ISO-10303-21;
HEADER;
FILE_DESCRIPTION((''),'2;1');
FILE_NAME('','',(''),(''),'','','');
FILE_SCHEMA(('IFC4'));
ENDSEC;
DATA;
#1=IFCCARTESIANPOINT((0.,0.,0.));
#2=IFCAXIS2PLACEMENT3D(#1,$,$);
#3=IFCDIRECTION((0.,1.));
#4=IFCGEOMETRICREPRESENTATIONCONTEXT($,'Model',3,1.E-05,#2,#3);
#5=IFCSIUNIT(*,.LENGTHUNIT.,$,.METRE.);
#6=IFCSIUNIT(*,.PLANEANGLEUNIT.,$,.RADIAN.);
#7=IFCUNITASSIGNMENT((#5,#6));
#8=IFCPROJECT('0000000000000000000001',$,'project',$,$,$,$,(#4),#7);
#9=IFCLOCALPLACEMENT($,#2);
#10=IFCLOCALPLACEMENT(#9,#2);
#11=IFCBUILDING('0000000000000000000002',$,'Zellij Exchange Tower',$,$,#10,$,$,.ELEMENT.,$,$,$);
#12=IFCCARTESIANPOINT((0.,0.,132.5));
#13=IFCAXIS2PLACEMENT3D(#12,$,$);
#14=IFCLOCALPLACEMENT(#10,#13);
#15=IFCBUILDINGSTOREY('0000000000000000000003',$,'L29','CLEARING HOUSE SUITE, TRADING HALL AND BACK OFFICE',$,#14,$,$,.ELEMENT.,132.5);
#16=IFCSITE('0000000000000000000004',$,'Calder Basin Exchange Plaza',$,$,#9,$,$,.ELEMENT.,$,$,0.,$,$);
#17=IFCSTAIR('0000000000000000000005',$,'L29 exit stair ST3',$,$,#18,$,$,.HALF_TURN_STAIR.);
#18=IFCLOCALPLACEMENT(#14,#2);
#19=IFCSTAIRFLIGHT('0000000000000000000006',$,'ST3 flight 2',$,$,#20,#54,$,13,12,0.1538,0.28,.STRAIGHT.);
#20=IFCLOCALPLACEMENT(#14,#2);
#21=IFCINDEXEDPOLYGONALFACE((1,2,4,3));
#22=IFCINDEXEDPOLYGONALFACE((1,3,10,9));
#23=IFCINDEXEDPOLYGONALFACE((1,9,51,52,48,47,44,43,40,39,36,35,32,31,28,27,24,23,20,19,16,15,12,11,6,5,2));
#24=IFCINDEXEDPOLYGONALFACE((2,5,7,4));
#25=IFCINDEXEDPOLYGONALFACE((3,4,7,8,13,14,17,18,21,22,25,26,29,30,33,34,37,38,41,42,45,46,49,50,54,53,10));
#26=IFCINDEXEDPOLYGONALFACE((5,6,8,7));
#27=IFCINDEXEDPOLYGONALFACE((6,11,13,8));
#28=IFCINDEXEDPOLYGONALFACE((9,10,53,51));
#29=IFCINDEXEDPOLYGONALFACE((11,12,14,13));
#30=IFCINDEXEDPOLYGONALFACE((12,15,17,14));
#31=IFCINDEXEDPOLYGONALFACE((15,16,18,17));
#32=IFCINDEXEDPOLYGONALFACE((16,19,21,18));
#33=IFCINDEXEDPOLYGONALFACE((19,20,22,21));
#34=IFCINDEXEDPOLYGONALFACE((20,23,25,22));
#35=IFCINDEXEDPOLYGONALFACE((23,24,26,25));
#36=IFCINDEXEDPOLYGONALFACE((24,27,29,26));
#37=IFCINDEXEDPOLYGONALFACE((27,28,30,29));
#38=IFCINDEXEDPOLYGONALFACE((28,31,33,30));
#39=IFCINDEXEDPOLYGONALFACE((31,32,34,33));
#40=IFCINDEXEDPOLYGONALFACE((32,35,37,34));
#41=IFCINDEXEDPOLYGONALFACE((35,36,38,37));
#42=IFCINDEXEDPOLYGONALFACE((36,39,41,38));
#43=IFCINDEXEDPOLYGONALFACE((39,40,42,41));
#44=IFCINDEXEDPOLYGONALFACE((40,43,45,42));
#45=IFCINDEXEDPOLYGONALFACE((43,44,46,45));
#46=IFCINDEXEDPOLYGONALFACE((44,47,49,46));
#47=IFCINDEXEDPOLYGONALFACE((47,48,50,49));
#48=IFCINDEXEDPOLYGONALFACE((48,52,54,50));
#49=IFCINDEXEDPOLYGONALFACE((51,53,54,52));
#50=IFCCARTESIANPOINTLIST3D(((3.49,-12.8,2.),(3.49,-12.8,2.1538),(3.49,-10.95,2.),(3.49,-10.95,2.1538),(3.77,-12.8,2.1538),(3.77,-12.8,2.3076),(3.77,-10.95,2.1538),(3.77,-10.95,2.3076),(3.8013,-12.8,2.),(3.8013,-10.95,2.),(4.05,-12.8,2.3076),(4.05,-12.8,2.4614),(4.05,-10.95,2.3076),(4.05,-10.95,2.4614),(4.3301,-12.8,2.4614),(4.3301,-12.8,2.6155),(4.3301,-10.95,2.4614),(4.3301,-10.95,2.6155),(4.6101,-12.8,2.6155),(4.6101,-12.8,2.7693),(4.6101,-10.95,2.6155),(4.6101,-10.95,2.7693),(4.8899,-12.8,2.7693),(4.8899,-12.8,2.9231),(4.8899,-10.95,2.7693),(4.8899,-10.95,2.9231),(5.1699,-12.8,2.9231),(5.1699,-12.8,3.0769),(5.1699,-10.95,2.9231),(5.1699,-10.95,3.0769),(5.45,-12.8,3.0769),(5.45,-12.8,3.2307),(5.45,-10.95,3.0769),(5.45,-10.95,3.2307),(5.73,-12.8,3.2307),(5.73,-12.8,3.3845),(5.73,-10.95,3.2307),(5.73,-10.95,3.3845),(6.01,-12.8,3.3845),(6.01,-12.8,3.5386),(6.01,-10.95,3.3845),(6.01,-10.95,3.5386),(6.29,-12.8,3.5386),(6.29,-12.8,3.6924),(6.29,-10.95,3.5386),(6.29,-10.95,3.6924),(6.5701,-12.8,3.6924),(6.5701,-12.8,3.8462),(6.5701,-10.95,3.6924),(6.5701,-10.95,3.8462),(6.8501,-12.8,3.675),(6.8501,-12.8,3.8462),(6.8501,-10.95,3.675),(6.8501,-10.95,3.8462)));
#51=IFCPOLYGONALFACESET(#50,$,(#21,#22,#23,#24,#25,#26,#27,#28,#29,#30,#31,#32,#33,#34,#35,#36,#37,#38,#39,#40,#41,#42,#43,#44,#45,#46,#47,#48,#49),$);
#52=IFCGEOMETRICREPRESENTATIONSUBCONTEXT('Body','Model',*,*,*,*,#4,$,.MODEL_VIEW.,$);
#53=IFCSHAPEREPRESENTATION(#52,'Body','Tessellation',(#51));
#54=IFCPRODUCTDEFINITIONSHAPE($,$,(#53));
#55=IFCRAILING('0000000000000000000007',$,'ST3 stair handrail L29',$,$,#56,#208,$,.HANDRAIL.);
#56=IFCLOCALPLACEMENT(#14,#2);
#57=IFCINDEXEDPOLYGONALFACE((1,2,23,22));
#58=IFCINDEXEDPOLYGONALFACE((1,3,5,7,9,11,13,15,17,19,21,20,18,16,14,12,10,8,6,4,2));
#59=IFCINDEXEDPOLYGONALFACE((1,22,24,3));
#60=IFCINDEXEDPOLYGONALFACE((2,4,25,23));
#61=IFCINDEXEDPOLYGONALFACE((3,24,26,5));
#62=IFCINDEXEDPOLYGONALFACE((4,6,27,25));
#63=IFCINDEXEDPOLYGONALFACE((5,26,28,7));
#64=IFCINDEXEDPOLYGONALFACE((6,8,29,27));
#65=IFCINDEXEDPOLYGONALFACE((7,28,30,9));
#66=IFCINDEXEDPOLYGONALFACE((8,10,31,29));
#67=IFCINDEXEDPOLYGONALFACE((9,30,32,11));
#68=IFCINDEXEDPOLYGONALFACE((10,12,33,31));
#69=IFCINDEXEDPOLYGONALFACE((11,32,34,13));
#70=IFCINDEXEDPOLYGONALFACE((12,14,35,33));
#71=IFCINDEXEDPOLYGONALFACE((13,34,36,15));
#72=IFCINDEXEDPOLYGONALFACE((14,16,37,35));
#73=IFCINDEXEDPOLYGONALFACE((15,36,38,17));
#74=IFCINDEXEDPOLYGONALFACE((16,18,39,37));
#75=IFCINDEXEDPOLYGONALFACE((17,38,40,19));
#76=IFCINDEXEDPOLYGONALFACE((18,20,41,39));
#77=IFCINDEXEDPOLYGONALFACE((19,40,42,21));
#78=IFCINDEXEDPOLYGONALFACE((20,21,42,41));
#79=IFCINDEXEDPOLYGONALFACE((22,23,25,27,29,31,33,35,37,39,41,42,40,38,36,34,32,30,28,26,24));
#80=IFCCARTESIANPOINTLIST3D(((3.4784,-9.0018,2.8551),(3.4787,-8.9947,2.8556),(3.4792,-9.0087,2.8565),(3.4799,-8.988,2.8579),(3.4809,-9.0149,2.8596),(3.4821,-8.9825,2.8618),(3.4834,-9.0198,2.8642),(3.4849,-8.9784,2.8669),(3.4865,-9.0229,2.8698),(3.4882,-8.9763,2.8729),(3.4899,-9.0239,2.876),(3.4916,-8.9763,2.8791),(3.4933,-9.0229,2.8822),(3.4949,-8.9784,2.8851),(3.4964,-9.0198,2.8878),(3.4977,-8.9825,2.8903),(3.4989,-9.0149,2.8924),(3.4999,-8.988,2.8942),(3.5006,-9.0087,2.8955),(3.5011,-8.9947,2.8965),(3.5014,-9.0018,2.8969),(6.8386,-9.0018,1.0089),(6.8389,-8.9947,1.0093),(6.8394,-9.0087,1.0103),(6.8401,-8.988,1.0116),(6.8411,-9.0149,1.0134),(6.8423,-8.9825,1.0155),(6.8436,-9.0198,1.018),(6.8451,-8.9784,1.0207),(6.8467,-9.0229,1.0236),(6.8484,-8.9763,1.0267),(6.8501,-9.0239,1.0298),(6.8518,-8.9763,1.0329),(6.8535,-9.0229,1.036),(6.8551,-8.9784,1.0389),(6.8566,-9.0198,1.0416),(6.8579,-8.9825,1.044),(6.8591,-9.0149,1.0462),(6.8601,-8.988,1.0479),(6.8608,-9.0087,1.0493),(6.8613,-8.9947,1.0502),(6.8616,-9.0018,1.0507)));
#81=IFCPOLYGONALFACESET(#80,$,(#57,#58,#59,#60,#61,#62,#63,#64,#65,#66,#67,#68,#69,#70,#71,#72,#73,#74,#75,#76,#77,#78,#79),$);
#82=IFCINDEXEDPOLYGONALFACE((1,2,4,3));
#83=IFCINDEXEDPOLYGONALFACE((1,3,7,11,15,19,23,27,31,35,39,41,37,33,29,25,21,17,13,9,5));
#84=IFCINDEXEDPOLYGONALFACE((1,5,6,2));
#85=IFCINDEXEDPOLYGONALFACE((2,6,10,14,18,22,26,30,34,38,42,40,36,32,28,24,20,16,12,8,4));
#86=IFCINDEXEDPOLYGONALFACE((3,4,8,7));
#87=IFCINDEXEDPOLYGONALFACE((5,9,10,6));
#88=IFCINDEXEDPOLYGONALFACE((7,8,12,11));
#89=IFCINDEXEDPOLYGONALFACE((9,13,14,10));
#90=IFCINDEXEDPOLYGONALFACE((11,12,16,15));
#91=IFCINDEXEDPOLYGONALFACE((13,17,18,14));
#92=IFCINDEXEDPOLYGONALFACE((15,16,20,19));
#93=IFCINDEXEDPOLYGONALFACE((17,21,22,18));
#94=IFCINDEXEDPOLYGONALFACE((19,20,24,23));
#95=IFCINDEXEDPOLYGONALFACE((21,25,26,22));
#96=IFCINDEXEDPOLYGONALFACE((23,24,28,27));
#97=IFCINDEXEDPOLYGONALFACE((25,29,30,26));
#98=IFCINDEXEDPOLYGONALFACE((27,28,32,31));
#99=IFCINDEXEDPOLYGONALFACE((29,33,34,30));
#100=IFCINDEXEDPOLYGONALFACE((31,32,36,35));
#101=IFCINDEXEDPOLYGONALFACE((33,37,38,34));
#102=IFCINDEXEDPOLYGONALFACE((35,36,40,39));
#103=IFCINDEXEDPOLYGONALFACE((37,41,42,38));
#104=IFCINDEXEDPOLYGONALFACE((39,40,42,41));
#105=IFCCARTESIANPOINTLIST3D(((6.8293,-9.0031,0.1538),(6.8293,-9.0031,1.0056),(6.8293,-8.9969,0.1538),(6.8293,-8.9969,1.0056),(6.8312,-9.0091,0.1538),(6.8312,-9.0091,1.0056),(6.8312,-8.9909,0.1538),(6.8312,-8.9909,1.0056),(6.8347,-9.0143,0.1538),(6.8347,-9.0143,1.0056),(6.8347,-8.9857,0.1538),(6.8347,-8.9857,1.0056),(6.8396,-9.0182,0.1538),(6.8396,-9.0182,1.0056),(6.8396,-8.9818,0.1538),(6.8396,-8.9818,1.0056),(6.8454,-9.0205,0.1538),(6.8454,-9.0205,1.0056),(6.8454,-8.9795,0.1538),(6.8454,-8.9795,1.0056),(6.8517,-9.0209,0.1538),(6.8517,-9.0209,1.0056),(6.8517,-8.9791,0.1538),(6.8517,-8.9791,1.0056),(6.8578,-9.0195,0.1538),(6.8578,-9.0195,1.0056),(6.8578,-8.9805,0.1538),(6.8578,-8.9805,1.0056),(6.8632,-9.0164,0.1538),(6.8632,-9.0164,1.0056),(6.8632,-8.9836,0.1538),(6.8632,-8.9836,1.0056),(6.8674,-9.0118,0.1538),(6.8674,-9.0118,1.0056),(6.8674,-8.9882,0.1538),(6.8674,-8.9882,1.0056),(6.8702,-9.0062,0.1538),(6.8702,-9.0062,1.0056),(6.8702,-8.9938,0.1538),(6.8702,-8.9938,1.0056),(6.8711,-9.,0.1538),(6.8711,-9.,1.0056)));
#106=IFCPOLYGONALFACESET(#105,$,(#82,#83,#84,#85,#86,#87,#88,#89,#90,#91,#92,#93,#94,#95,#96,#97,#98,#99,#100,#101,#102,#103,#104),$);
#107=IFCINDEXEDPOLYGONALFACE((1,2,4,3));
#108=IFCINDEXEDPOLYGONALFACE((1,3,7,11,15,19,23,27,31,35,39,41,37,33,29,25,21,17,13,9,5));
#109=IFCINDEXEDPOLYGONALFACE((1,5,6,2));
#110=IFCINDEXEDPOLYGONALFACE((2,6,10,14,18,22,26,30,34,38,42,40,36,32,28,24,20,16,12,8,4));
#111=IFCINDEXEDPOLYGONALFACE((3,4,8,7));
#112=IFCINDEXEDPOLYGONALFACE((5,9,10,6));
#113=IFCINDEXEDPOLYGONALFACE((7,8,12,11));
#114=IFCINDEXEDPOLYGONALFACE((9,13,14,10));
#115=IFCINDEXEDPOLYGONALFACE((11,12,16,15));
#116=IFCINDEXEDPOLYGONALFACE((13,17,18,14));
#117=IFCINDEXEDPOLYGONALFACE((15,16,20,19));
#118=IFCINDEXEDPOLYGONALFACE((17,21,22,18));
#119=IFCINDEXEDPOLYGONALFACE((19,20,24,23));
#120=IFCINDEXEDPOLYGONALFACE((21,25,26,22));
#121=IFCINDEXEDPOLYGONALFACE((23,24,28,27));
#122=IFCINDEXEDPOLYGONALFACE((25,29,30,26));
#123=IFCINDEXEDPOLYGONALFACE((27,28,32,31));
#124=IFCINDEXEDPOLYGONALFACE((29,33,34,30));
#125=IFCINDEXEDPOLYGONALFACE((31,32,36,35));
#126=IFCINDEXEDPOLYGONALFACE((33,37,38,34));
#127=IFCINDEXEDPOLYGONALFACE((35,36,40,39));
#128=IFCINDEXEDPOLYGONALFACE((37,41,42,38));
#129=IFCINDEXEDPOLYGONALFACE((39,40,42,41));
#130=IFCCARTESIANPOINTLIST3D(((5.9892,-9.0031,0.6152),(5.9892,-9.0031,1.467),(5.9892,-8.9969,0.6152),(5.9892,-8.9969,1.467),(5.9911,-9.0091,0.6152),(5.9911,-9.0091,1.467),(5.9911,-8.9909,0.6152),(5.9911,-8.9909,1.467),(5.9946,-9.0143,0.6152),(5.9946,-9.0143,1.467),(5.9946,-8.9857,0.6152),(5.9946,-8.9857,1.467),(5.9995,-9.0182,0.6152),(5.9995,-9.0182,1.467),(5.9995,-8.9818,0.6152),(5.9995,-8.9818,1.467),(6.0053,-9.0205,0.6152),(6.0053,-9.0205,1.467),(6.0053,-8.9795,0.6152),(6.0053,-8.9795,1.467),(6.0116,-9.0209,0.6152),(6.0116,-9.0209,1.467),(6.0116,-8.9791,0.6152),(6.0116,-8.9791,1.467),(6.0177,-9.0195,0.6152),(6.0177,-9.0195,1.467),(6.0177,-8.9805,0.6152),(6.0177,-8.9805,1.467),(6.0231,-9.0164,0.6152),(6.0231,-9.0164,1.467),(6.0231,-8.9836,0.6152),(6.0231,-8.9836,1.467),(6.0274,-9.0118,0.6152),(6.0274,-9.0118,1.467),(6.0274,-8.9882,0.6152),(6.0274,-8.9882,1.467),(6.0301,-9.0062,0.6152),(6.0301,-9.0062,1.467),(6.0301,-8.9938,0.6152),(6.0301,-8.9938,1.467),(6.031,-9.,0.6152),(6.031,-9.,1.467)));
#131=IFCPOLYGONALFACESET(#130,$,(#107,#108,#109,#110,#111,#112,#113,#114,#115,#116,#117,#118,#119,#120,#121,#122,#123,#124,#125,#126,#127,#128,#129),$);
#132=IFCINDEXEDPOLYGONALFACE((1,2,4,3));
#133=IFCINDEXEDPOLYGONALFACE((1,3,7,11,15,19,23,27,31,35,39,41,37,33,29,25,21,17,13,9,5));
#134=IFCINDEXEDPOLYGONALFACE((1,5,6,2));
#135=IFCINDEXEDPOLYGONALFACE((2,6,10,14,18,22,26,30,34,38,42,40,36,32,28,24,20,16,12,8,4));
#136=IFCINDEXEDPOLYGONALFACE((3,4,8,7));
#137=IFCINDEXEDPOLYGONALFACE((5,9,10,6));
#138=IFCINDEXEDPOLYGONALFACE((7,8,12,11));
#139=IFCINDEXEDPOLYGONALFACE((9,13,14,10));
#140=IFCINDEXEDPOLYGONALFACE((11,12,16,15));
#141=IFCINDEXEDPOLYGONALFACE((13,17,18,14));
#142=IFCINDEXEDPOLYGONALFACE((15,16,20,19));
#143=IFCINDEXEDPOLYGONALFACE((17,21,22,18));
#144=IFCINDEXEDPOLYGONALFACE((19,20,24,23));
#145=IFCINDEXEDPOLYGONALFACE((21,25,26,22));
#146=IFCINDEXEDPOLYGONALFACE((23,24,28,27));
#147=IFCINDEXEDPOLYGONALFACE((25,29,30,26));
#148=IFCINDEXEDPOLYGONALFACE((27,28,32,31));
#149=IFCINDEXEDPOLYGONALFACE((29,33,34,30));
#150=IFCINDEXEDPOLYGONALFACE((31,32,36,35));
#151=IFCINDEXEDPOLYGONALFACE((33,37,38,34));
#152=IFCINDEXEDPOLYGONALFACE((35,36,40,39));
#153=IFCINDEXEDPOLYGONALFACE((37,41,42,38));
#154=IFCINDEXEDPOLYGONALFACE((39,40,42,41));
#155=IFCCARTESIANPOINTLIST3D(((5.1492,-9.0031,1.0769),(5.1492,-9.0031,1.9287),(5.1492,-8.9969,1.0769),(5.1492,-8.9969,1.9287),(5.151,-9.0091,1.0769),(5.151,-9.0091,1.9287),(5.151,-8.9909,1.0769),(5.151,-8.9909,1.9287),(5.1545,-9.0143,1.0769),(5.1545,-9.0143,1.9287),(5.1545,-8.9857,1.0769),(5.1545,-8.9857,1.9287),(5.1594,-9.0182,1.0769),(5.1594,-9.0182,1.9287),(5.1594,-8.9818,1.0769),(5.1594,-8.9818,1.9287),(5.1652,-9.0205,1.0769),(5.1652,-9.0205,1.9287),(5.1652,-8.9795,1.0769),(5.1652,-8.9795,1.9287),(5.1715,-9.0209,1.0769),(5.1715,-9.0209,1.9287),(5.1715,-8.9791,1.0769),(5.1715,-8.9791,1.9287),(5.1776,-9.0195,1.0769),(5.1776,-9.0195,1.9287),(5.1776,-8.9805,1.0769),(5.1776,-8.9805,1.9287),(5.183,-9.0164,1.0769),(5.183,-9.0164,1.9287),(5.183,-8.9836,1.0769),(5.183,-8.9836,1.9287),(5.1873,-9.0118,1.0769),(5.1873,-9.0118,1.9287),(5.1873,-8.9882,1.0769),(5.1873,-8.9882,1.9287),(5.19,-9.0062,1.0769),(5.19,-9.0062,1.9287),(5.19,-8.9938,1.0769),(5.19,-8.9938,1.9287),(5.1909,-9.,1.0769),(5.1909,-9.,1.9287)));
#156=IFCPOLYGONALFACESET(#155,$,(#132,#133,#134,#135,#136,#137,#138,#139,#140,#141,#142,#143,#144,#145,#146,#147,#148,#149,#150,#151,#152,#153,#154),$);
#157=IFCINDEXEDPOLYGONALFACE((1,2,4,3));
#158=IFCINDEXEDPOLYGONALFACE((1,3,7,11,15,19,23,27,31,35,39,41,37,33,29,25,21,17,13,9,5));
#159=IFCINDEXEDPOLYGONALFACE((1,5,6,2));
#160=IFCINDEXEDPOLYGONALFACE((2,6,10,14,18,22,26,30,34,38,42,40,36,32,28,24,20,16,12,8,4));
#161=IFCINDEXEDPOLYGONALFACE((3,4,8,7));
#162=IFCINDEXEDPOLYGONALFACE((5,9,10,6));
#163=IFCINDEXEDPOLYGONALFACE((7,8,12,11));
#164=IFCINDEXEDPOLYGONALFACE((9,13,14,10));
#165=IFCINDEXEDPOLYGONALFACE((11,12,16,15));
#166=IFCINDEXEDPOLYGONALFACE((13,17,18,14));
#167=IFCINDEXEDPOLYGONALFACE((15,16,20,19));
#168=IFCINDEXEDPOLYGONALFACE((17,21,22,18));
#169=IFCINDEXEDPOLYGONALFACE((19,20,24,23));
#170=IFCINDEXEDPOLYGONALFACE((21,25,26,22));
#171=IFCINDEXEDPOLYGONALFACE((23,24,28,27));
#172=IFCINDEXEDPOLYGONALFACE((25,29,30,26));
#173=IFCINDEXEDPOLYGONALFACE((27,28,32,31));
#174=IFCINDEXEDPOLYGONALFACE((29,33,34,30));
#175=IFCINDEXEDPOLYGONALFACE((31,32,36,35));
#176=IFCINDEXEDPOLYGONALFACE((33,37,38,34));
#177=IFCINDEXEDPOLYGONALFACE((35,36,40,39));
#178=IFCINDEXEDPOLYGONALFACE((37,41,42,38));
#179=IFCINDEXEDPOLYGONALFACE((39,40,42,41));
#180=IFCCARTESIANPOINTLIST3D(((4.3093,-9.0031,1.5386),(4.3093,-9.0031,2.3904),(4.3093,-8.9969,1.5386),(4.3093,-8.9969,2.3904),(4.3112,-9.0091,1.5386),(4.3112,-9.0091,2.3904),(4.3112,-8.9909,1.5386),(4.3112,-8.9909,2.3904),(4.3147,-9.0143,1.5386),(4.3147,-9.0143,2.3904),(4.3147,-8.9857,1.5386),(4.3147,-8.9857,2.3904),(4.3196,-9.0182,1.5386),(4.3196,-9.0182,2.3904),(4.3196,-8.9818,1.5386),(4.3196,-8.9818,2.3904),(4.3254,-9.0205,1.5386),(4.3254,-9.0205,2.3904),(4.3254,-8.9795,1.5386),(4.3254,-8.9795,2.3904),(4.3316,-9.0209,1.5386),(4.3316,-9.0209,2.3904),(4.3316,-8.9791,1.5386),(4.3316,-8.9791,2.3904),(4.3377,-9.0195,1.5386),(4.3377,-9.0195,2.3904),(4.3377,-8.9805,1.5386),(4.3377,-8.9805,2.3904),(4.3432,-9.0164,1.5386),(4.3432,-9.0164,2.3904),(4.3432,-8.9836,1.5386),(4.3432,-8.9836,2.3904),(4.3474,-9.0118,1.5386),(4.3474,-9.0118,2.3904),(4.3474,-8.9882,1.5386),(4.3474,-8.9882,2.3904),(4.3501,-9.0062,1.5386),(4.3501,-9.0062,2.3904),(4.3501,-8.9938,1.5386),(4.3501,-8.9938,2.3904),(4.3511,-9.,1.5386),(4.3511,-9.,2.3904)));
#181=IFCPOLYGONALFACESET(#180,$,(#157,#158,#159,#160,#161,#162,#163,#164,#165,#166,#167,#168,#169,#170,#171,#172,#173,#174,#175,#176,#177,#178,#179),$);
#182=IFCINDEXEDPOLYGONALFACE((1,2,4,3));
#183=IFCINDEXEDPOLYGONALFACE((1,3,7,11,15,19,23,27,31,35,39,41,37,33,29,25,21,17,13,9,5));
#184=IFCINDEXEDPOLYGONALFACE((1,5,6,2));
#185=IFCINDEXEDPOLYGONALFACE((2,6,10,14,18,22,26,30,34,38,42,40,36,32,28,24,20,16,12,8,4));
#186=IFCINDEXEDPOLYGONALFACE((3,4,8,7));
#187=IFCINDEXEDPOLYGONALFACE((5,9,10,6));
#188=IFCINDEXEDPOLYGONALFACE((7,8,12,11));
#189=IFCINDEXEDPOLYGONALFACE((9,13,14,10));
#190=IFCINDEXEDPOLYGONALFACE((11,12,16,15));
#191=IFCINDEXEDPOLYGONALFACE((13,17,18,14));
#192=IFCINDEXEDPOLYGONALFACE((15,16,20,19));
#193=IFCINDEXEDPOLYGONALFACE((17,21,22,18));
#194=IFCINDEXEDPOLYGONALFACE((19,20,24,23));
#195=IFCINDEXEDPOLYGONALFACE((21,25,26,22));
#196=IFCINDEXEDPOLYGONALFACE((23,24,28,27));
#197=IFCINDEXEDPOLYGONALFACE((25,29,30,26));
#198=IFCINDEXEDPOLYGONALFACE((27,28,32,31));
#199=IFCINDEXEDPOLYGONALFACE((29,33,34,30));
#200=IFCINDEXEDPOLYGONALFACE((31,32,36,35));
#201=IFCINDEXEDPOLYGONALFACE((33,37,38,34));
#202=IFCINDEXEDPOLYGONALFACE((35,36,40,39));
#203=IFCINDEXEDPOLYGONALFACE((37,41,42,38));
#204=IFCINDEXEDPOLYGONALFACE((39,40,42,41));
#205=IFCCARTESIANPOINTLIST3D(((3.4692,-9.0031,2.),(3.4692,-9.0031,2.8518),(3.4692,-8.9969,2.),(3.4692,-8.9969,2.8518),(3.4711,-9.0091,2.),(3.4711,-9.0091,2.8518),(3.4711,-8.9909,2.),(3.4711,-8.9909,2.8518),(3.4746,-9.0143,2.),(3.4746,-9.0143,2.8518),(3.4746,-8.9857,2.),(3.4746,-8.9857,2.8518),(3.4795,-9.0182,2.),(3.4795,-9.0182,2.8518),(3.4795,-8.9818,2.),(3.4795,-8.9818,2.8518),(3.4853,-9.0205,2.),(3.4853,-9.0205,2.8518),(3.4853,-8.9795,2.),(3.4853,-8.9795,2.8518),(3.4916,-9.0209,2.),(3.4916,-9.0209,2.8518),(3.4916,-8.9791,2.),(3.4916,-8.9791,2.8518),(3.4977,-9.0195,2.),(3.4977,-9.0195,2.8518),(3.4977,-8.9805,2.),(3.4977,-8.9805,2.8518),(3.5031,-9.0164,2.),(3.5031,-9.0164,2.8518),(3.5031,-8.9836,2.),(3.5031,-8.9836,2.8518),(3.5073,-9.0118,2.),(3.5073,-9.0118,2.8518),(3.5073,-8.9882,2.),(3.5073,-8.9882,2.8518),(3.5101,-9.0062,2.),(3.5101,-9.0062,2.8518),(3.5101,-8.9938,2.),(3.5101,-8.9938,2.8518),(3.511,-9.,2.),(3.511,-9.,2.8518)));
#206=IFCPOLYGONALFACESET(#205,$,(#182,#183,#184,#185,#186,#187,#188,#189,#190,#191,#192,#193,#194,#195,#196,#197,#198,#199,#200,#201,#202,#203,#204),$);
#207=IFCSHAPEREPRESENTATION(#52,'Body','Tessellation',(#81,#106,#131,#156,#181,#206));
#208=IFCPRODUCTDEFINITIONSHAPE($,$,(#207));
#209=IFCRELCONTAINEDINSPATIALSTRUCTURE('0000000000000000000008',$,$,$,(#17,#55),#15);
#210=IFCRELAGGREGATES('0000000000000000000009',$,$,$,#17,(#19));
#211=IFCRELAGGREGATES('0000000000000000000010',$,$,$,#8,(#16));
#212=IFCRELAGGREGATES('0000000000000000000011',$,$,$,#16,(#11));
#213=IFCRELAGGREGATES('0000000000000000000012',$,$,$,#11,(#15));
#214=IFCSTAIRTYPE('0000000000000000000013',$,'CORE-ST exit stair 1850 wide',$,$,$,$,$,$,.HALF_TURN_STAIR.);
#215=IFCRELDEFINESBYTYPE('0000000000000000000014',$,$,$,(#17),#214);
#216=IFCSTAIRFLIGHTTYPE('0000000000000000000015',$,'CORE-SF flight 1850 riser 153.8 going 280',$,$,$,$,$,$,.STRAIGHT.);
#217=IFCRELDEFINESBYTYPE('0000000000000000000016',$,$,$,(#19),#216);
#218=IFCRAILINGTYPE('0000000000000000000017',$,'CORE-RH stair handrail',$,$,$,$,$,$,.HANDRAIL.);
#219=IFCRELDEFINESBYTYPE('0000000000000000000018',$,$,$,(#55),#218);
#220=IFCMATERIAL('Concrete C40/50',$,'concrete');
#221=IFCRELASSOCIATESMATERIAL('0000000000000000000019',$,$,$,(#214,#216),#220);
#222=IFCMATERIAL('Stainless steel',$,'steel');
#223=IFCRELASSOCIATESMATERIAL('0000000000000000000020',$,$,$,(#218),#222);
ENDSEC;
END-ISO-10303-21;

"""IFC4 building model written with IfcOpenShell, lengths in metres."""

from ifc_helpers import new_model, si_unit, direction, frame, origin, origin_2d, place, context, subcontext, project, spatial, polyline, circle, outline, extrude, material, type_object, element, aggregate, save


model = new_model("IFC4")

# Units and contexts
model_context = context("Model", 3, precision=1e-05, world=origin(), true_north=direction((0.0, 1.0)))
body_context = subcontext(model_context, "Body", "Model", "MODEL_VIEW")
ifc_project = project(units=[si_unit("LENGTHUNIT", "METRE"), si_unit("PLANEANGLEUNIT", "RADIAN")], contexts=[model_context])

# Site, building, storey
site_placement = place(None, origin())
site = spatial("IfcSite", under=ifc_project, at=site_placement, Name="Calder Basin Exchange Plaza", CompositionType="ELEMENT", RefElevation=0.0)
building_placement = place(site_placement, origin())
building = spatial("IfcBuilding", under=site, at=building_placement, Name="Zellij Exchange Tower", CompositionType="ELEMENT")
storey_placement = place(building_placement, frame((0.0, 0.0, 132.5)))
storey = spatial("IfcBuildingStorey", under=building, at=storey_placement, Name="L29", Description="CLEARING HOUSE SUITE, TRADING HALL AND BACK OFFICE", CompositionType="ELEMENT", Elevation=132.5)

# Stair, stair flight
ifc_material_1 = material(Name="Concrete C40/50", Category="concrete")
stair_type = type_object("IfcStairType", Name="CORE-ST exit stair 1850 wide", PredefinedType="HALF_TURN_STAIR", material=ifc_material_1)
stair_placement = place(storey_placement, origin())
stair = element("IfcStair", 1, at=stair_placement, inside=storey, type_object=stair_type, Name="L29 exit stair ST3", PredefinedType="HALF_TURN_STAIR")
stair_flight_type = type_object("IfcStairFlightType", Name="CORE-SF flight 1850 riser 153.8 going 280", PredefinedType="STRAIGHT", material=ifc_material_1)
stair_flight_1_placement = place(storey_placement, frame((3.49, -11.875, 2.0), z_axis=(0.0, 0.0, 1.0), x_axis=(1.0, 0.0, 0.0)))
stair_flight_1 = element("IfcStairFlight", 2, at=stair_flight_1_placement, type_object=stair_flight_type, Name="ST3 flight 2", NumberOfRisers=13, NumberOfTreads=12, PredefinedType="STRAIGHT", RiserHeight=0.1538, TreadLength=0.28, context=body_context, shape_type="SweptSolid", body=[
    extrude(outline(polyline([(0.0, 0.0), (0.0, 0.1538), (0.28, 0.1538), (0.28, 0.3076), (0.5601, 0.3076), (0.5601, 0.4614), (0.8401, 0.4614), (0.8401, 0.6155), (1.1201, 0.6155), (1.1201, 0.7693), (1.3999, 0.7693), (1.3999, 0.9231), (1.6799, 0.9231), (1.6799, 1.0769), (1.96, 1.0769), (1.96, 1.2307), (2.24, 1.2307), (2.24, 1.3845), (2.52, 1.3845), (2.52, 1.5386), (2.8, 1.5386), (2.8, 1.6924), (3.0801, 1.6924), (3.0801, 1.8462), (3.3601, 1.8462), (3.3601, 2.0), (3.3601, 1.675), (0.3113, 0.0), (0.0, 0.0)])), frame((0.0, 0.925, 0.0), z_axis=(0.0, -1.0, 0.0), x_axis=(1.0, 0.0, 0.0)), (0.0, 0.0, 1.0), 1.8501),
])
aggregate(stair, [stair_flight_1])

# Railing
ifc_material_2 = material(Name="Stainless steel", Category="steel")
railing_type_1 = type_object("IfcRailingType", Name="CORE-RH stair handrail", PredefinedType="HANDRAIL", material=ifc_material_2)
railing_1_placement = place(storey_placement, frame((6.8501, -9.0, 0.1538)))
element("IfcRailing", 3, at=railing_1_placement, inside=storey, type_object=railing_type_1, Name="ST3 stair handrail L29", PredefinedType="HANDRAIL", context=body_context, shape_type="SweptSolid", body=[
    extrude(circle(Radius=0.0239, at=origin_2d()), frame((0.0, 0.0, 0.876), z_axis=(-0.876422, 0.0, 0.481545), x_axis=(0.0, -1.0, 0.0)), (0.0, 0.0, 1.0), 3.834),
    extrude(circle(Radius=0.021, at=origin_2d()), origin(), (0.0, 0.0, 1.0), 0.8518),
    extrude(circle(Radius=0.021, at=origin_2d()), frame((-0.8401, 0.0, 0.4614)), (0.0, 0.0, 1.0), 0.8518),
    extrude(circle(Radius=0.021, at=origin_2d()), frame((-1.6802, 0.0, 0.9231)), (0.0, 0.0, 1.0), 0.8518),
    extrude(circle(Radius=0.021, at=origin_2d()), frame((-2.52, 0.0, 1.3848)), (0.0, 0.0, 1.0), 0.8518),
    extrude(circle(Radius=0.021, at=origin_2d()), frame((-3.3601, 0.0, 1.8462)), (0.0, 0.0, 1.0), 0.8518),
])

save(model, "model.ifc")
